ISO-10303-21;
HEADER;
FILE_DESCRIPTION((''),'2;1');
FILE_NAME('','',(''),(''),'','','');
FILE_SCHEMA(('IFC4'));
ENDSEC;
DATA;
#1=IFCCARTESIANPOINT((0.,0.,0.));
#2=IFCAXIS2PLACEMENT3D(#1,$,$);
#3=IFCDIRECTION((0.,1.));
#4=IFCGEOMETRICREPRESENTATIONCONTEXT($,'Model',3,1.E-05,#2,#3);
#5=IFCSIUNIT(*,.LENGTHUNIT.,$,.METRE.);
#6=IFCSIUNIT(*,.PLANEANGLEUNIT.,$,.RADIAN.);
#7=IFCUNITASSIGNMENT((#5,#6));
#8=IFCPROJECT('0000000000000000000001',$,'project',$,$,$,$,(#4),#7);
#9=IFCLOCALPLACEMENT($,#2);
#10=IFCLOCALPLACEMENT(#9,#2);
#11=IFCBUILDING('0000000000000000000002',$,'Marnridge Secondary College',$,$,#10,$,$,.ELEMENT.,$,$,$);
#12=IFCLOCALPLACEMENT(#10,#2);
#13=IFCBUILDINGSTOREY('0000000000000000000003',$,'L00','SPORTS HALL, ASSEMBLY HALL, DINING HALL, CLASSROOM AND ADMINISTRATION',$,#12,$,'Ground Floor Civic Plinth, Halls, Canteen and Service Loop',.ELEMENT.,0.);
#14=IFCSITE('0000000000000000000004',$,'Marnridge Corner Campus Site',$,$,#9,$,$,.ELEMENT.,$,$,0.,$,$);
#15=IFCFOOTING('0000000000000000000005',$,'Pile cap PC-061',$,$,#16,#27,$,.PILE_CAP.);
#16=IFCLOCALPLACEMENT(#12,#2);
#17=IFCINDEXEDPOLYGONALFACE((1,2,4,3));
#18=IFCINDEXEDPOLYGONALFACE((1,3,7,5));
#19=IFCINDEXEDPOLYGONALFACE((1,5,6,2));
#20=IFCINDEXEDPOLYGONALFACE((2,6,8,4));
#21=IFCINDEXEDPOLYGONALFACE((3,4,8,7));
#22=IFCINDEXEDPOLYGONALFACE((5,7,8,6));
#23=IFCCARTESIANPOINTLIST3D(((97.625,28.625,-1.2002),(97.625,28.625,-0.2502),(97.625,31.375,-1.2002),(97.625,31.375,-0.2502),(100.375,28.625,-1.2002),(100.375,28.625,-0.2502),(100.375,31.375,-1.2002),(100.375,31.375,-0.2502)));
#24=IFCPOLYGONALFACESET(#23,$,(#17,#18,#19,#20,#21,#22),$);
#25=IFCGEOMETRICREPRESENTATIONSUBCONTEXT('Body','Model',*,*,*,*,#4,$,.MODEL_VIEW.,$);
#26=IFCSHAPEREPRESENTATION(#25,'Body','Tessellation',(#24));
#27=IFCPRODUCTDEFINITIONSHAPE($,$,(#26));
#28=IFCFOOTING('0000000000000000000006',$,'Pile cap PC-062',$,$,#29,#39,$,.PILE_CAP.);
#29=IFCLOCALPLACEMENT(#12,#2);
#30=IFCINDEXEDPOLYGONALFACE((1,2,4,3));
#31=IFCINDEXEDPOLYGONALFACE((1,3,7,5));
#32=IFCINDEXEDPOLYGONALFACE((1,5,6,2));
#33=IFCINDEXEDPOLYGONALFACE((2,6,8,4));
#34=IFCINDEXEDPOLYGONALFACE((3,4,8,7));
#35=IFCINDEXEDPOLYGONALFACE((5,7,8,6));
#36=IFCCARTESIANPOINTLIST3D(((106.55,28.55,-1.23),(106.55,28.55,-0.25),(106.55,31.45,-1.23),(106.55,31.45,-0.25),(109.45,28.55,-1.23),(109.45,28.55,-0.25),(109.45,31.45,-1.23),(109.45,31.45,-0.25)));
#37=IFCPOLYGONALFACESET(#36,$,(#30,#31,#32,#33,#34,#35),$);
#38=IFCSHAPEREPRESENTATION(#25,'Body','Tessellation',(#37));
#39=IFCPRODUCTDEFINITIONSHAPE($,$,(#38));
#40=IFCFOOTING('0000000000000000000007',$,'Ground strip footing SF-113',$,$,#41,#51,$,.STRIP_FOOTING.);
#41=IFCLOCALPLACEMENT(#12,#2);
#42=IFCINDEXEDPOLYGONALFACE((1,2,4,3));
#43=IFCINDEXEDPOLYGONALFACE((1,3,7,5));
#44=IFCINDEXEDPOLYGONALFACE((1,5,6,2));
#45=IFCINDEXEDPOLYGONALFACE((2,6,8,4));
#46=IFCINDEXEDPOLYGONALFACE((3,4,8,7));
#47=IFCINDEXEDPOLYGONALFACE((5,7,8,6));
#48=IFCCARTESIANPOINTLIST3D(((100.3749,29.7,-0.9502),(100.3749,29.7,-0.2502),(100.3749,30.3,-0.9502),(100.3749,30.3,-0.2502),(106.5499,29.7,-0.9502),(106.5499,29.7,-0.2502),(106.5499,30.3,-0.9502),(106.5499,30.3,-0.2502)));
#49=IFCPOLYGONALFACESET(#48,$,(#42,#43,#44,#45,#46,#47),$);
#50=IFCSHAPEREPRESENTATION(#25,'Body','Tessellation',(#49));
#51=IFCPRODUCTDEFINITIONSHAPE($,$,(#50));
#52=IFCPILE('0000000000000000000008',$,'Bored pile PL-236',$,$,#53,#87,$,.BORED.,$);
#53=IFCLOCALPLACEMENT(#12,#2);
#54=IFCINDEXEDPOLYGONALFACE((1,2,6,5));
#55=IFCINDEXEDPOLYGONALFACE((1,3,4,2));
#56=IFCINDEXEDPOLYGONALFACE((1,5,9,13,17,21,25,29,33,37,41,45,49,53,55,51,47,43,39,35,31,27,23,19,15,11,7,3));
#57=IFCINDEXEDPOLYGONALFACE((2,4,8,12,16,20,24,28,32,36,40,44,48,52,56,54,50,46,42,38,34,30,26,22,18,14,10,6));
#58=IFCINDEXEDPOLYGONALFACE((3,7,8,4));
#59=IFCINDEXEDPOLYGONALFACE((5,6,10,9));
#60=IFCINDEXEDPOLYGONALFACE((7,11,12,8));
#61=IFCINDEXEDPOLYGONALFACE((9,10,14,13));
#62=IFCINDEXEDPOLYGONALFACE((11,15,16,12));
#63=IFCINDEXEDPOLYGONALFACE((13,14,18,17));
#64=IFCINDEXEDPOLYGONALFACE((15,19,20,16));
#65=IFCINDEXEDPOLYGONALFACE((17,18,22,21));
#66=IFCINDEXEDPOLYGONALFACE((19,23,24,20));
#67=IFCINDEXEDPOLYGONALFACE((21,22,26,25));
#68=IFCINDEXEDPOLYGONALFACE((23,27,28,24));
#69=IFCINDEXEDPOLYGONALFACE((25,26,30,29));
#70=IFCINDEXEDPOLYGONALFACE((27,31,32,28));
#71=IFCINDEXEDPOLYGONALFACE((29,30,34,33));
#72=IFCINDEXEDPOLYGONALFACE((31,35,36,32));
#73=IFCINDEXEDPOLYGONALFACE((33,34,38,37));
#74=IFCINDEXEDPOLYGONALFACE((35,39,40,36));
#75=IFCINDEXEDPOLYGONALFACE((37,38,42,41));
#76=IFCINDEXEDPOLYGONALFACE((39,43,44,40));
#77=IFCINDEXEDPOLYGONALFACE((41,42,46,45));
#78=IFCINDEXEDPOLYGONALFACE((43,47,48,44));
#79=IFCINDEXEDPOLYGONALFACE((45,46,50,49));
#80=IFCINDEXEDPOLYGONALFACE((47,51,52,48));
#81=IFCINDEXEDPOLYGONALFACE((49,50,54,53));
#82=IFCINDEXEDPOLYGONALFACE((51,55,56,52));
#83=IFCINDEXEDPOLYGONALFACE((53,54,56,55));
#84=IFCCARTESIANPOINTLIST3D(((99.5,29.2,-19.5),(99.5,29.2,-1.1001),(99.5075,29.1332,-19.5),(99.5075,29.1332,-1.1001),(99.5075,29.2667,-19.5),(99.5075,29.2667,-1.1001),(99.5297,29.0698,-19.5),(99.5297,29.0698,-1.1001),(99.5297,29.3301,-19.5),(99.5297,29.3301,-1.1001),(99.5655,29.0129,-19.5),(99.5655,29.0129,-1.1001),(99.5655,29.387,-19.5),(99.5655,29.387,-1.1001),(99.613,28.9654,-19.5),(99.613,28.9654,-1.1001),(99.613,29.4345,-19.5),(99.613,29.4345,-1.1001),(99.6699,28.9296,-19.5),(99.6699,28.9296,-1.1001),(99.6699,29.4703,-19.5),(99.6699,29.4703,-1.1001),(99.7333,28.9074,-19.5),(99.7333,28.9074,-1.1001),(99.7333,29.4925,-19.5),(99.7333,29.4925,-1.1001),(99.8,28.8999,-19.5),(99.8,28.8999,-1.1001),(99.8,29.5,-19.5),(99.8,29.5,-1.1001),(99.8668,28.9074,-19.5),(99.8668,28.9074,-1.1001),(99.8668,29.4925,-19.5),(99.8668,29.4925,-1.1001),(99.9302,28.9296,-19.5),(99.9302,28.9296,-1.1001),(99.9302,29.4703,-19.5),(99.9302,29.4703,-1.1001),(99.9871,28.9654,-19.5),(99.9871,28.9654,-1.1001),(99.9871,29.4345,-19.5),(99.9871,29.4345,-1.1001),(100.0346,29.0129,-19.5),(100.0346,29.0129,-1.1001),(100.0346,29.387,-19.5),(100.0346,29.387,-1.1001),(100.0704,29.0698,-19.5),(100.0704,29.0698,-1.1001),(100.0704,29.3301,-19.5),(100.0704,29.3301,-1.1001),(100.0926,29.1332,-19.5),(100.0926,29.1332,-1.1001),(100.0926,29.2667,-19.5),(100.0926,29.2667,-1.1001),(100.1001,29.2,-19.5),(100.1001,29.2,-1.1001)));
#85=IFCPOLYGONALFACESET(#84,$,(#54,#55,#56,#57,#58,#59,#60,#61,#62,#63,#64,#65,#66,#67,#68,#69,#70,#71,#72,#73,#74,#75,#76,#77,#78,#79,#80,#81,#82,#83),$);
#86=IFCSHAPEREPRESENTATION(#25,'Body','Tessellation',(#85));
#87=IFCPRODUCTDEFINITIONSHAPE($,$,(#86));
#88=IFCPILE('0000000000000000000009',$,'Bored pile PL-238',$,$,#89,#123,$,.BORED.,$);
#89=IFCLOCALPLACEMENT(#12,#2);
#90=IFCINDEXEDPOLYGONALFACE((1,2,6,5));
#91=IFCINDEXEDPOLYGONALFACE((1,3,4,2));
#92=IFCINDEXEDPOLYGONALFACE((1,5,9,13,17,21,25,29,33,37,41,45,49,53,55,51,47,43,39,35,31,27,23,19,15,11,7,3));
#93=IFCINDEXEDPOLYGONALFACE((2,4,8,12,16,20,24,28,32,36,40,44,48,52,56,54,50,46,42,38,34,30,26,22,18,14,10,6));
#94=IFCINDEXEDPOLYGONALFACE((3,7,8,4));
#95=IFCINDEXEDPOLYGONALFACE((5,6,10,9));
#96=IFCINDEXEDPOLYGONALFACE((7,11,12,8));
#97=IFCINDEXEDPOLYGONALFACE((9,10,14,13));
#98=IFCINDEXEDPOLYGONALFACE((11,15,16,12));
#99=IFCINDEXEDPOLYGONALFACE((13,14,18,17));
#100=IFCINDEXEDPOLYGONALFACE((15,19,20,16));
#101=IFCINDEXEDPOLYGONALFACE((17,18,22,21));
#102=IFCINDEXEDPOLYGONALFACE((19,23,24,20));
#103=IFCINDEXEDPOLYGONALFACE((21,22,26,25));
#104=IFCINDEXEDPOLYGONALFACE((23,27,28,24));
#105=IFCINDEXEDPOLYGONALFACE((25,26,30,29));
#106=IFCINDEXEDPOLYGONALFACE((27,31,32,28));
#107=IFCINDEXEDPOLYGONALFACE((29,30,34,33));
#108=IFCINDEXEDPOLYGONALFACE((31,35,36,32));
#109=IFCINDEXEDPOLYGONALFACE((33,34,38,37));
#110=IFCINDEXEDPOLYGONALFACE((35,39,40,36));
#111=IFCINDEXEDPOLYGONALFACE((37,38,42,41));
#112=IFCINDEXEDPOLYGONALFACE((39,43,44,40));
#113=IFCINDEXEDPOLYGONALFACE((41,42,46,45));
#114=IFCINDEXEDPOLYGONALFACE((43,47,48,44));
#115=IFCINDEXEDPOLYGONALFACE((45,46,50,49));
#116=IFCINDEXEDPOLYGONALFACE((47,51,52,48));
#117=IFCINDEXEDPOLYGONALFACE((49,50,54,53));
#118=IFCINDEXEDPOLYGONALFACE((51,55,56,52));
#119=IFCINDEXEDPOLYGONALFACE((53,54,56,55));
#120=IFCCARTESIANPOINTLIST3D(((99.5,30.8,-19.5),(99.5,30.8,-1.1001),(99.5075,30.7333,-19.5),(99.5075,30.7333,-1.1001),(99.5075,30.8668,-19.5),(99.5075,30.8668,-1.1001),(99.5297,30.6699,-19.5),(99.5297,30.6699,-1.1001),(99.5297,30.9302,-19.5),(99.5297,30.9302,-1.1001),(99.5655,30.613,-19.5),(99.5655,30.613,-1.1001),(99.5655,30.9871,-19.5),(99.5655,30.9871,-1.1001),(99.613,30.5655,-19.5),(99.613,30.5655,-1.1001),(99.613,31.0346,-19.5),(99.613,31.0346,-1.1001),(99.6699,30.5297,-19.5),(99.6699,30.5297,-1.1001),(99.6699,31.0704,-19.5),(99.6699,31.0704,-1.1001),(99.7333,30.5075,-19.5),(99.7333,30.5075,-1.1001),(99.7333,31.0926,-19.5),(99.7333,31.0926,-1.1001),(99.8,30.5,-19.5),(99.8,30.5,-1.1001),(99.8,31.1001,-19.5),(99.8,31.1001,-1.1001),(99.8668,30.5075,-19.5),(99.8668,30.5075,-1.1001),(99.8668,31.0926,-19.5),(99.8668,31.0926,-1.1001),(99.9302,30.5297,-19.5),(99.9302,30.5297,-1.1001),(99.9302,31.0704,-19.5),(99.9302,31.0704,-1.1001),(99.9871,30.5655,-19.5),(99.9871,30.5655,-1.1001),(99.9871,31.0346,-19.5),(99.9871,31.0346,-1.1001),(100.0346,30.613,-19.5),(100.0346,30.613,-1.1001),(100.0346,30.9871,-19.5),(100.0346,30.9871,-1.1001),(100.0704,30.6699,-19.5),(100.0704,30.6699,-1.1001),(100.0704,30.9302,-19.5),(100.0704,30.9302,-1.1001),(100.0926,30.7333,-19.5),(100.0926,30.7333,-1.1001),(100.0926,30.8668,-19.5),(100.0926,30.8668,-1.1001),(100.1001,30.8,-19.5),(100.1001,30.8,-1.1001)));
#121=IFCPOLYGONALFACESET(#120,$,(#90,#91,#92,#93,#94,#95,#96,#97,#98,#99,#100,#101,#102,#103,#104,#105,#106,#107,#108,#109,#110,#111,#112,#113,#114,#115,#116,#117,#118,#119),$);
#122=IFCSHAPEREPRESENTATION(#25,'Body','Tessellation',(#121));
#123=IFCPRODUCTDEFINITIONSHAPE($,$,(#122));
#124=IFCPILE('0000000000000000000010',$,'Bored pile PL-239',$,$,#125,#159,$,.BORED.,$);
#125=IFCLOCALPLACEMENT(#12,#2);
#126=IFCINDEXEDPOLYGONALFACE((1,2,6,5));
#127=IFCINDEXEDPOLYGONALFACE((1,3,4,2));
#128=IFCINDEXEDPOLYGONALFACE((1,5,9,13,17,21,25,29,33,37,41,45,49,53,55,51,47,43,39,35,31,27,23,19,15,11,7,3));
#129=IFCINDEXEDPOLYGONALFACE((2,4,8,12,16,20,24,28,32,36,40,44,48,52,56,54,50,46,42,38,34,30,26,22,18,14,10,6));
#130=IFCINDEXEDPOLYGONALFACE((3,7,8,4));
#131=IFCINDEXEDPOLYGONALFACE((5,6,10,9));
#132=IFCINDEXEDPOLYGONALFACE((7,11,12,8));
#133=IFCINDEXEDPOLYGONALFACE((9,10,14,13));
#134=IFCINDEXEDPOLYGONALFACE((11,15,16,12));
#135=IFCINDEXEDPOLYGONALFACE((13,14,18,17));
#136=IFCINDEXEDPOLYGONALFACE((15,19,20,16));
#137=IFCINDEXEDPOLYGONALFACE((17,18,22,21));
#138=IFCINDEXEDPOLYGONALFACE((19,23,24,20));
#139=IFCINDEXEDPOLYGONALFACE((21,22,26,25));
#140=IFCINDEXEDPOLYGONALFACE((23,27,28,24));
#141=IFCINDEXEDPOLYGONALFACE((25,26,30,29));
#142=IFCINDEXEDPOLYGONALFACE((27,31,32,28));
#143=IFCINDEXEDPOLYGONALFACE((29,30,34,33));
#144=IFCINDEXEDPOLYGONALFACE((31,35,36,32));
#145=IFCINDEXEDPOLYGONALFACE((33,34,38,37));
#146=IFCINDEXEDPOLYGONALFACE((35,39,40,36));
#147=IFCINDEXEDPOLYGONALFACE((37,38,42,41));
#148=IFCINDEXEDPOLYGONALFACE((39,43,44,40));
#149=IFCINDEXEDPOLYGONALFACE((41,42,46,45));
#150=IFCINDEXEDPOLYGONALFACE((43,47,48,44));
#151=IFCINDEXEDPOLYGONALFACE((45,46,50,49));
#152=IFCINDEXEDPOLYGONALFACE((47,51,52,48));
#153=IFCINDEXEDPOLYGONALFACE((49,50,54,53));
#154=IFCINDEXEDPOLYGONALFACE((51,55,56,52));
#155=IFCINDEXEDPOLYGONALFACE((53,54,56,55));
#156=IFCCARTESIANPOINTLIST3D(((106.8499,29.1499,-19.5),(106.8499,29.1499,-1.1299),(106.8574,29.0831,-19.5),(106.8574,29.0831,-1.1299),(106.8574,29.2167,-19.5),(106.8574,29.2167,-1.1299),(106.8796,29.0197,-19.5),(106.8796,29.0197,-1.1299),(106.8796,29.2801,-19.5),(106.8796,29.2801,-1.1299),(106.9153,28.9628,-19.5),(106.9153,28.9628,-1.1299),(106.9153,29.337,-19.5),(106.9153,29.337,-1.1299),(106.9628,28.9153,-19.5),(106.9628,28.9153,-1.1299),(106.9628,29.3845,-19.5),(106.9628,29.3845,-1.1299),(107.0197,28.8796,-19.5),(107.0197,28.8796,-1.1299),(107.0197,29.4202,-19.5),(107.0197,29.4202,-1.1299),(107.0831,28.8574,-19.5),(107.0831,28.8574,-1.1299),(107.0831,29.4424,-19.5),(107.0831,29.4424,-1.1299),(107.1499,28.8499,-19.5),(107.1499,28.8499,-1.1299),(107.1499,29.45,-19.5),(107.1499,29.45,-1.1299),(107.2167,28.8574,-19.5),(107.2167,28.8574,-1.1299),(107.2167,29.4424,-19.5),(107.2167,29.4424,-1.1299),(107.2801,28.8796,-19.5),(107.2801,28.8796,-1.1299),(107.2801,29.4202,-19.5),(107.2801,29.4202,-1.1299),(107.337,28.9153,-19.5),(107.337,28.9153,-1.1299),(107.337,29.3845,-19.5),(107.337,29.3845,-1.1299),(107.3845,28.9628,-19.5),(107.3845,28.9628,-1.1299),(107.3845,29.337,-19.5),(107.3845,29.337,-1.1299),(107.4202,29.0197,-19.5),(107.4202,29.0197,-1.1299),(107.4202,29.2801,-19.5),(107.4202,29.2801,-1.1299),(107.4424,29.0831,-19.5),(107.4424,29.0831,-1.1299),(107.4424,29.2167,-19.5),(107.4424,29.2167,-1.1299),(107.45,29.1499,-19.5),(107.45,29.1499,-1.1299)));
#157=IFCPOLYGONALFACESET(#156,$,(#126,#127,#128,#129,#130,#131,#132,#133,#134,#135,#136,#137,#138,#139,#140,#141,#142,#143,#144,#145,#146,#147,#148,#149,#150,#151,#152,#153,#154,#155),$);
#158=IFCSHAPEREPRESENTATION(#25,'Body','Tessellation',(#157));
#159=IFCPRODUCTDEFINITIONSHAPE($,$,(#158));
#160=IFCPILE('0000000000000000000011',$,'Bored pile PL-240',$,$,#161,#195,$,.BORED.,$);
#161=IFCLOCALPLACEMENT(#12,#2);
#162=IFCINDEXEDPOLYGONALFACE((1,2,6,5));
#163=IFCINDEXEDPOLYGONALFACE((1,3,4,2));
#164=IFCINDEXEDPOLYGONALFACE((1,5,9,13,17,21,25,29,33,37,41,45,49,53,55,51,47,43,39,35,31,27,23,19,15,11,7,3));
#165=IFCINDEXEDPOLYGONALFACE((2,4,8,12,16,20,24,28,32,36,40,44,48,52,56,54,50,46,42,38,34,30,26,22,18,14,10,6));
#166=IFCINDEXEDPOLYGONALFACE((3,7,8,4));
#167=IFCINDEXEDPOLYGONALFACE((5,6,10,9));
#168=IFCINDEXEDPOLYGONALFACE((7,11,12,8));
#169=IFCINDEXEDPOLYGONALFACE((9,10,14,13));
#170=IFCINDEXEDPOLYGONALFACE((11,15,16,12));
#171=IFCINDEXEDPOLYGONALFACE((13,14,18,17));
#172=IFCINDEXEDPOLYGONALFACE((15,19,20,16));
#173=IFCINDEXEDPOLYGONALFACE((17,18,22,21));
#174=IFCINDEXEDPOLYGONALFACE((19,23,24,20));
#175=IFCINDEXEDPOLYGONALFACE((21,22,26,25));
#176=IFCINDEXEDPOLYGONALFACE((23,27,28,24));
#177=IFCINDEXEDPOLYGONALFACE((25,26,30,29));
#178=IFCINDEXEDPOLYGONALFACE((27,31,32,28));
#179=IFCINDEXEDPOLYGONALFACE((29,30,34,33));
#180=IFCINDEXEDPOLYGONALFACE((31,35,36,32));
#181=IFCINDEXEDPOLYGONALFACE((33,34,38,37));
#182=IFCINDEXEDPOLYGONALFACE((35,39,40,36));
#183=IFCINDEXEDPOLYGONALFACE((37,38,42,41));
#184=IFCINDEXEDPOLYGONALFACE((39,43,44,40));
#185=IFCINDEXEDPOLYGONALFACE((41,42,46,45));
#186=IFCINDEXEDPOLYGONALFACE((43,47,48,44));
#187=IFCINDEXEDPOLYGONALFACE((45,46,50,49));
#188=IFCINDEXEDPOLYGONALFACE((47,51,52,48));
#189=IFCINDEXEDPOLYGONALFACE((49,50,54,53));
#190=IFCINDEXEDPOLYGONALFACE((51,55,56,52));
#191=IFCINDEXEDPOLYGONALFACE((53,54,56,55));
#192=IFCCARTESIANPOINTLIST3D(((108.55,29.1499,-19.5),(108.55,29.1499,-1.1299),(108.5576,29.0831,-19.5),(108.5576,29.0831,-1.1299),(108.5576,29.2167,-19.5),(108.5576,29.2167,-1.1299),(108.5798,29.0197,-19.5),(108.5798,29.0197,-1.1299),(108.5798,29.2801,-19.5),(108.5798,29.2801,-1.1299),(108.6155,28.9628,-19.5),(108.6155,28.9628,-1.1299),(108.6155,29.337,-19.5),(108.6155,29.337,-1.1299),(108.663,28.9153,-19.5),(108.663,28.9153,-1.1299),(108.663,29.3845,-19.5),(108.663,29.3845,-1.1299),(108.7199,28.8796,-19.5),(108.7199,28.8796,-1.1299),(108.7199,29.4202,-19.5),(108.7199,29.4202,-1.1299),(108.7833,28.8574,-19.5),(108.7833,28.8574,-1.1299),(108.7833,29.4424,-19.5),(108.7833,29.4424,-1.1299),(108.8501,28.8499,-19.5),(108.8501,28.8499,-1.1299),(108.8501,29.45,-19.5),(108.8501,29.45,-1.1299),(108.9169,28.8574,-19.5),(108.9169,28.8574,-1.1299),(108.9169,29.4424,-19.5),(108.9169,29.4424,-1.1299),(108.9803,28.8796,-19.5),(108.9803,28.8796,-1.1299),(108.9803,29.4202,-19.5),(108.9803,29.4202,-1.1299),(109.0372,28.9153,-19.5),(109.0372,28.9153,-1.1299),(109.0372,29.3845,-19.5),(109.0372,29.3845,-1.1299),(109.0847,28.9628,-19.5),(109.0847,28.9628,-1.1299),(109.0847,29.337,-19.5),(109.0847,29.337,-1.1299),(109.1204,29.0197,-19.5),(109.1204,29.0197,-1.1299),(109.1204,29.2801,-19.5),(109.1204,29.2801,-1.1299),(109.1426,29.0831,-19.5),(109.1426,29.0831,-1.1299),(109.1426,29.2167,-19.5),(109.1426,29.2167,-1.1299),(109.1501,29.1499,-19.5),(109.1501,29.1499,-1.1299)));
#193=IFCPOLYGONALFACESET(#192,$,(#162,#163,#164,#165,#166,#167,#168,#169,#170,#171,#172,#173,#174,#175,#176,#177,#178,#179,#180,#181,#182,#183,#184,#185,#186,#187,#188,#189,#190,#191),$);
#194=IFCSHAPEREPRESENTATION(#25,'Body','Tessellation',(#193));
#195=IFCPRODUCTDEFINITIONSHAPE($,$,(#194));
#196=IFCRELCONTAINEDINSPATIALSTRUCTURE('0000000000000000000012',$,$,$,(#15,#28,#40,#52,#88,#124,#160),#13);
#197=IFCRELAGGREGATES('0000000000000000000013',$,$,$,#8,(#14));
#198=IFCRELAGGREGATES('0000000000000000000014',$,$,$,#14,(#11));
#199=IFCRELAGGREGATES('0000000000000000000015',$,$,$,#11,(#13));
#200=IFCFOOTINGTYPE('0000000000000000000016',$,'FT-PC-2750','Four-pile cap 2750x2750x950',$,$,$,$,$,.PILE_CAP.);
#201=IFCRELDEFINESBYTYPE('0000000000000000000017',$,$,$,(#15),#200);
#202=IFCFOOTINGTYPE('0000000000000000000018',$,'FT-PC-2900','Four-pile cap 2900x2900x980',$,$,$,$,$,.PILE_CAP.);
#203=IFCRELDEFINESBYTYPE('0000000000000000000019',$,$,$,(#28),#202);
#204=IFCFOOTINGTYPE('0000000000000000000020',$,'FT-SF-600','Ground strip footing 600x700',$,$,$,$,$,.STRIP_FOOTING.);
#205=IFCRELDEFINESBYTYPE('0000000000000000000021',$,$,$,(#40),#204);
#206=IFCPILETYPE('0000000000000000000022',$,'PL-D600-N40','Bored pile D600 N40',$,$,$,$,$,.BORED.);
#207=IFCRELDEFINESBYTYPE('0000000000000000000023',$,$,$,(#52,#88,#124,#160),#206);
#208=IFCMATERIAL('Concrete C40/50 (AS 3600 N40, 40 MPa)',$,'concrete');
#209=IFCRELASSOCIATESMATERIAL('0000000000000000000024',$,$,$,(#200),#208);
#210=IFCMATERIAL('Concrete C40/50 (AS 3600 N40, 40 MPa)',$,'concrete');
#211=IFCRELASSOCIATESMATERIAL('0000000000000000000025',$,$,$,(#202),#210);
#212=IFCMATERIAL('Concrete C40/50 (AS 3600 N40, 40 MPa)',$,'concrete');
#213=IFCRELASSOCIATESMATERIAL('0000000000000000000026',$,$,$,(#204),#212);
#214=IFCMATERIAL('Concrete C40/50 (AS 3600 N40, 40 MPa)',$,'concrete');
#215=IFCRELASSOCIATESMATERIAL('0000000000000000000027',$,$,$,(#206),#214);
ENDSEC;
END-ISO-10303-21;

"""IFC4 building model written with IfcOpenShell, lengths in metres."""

from ifc_helpers import new_model, si_unit, direction, frame, origin, origin_2d, place, context, subcontext, project, spatial, rectangle, circle, extrude, material, material_profile, profile_set, type_object, element, save


model = new_model("IFC4")

# Units and contexts
model_context = context("Model", 3, precision=1e-05, world=origin(), true_north=direction((0.0, 1.0)))
body_context = subcontext(model_context, "Body", "Model", "MODEL_VIEW")
ifc_project = project(units=[si_unit("LENGTHUNIT", "METRE"), si_unit("PLANEANGLEUNIT", "RADIAN")], contexts=[model_context])

# Site, building, storey
site_placement = place(None, origin())
site = spatial("IfcSite", under=ifc_project, at=site_placement, Name="Marnridge Corner Campus Site", CompositionType="ELEMENT", RefElevation=0.0)
building_placement = place(site_placement, origin())
building = spatial("IfcBuilding", under=site, at=building_placement, Name="Marnridge Secondary College", CompositionType="ELEMENT")
storey_placement = place(building_placement, origin())
storey = spatial("IfcBuildingStorey", under=building, at=storey_placement, Name="L00", Description="SPORTS HALL, ASSEMBLY HALL, DINING HALL, CLASSROOM AND ADMINISTRATION", LongName="Ground Floor Civic Plinth, Halls, Canteen and Service Loop", CompositionType="ELEMENT", Elevation=0.0)

# Footings
ifc_material_1 = material(Name="Concrete C40/50 (AS 3600 N40, 40 MPa)", Category="concrete")
footing_type_1 = type_object("IfcFootingType", Name="FT-PC-2750", Description="Four-pile cap 2750x2750x950", PredefinedType="PILE_CAP", material=ifc_material_1)
footing_1_placement = place(storey_placement, frame((99.0, 30.0, -1.2002), z_axis=(0.0, 0.0, 1.0), x_axis=(1.0, 0.0, 0.0)))
element("IfcFooting", 1, at=footing_1_placement, inside=storey, type_object=footing_type_1, Name="Pile cap PC-061", PredefinedType="PILE_CAP", context=body_context, shape_type="SweptSolid", body=[
    extrude(rectangle(XDim=2.75, YDim=2.75, at=origin_2d()), origin(), (0.0, 0.0, 1.0), 0.95),
])
ifc_material_2 = material(Name="Concrete C40/50 (AS 3600 N40, 40 MPa)", Category="concrete")
footing_type_2 = type_object("IfcFootingType", Name="FT-PC-2900", Description="Four-pile cap 2900x2900x980", PredefinedType="PILE_CAP", material=ifc_material_2)
footing_2_placement = place(storey_placement, frame((108.0, 30.0, -1.23), z_axis=(0.0, 0.0, 1.0), x_axis=(1.0, 0.0, 0.0)))
element("IfcFooting", 2, at=footing_2_placement, inside=storey, type_object=footing_type_2, Name="Pile cap PC-062", PredefinedType="PILE_CAP", context=body_context, shape_type="SweptSolid", body=[
    extrude(rectangle(XDim=2.8999, YDim=2.8999, at=origin_2d()), origin(), (0.0, 0.0, 1.0), 0.98),
])
ifc_material_3 = material(Name="Concrete C40/50 (AS 3600 N40, 40 MPa)", Category="concrete")
footing_type_3 = type_object("IfcFootingType", Name="FT-SF-600", Description="Ground strip footing 600x700", PredefinedType="STRIP_FOOTING", material=ifc_material_3)
footing_3_placement = place(storey_placement, frame((103.4624, 30.0, -0.9502), z_axis=(0.0, 0.0, 1.0), x_axis=(1.0, 0.0, 0.0)))
element("IfcFooting", 3, at=footing_3_placement, inside=storey, type_object=footing_type_3, Name="Ground strip footing SF-113", PredefinedType="STRIP_FOOTING", context=body_context, shape_type="SweptSolid", body=[
    extrude(rectangle(XDim=6.175, YDim=0.6001, at=origin_2d()), origin(), (0.0, 0.0, 1.0), 0.7),
])

# Piles
ifc_material_4 = material(Name="Concrete C40/50 (AS 3600 N40, 40 MPa)", Category="concrete")
ifc_material_profile_1 = material_profile(ifc_material_4, circle(Radius=0.3, at=origin_2d()), Name="PILE D600")
ifc_profile_set_1 = profile_set([ifc_material_profile_1], Name="Concrete C40/50 (AS 3600 N40, 40 MPa)")
pile_type = type_object("IfcPileType", Name="PL-D600-N40", Description="Bored pile D600 N40", PredefinedType="BORED", material=ifc_profile_set_1)
for number, where, z_axis, x_axis, name in (
    (4, (99.8, 29.2, -1.1001), (0.0, 0.0, -1.0), (1.0, 0.0, 0.0), "Bored pile PL-236"),
    (5, (99.8, 30.8, -1.1001), (0.0, 0.0, -1.0), (1.0, 0.0, 0.0), "Bored pile PL-238"),
):
    element("IfcPile", number, at=place(storey_placement, frame(where, z_axis=z_axis, x_axis=x_axis)), inside=storey, type_object=pile_type, Name=name, PredefinedType="BORED", context=body_context, shape_type="SweptSolid", body=[
        extrude(circle(Radius=0.3, at=origin_2d()), origin(), (0.0, 0.0, 1.0), 18.3999),
    ])
for number, where, z_axis, x_axis, name in (
    (6, (107.1499, 29.1499, -1.1299), (0.0, 0.0, -1.0), (1.0, 0.0, 0.0), "Bored pile PL-239"),
    (7, (108.8501, 29.1499, -1.1299), (0.0, 0.0, -1.0), (1.0, 0.0, 0.0), "Bored pile PL-240"),
):
    element("IfcPile", number, at=place(storey_placement, frame(where, z_axis=z_axis, x_axis=x_axis)), inside=storey, type_object=pile_type, Name=name, PredefinedType="BORED", context=body_context, shape_type="SweptSolid", body=[
        extrude(circle(Radius=0.3, at=origin_2d()), origin(), (0.0, 0.0, 1.0), 18.3701),
    ])

save(model, "model.ifc")
